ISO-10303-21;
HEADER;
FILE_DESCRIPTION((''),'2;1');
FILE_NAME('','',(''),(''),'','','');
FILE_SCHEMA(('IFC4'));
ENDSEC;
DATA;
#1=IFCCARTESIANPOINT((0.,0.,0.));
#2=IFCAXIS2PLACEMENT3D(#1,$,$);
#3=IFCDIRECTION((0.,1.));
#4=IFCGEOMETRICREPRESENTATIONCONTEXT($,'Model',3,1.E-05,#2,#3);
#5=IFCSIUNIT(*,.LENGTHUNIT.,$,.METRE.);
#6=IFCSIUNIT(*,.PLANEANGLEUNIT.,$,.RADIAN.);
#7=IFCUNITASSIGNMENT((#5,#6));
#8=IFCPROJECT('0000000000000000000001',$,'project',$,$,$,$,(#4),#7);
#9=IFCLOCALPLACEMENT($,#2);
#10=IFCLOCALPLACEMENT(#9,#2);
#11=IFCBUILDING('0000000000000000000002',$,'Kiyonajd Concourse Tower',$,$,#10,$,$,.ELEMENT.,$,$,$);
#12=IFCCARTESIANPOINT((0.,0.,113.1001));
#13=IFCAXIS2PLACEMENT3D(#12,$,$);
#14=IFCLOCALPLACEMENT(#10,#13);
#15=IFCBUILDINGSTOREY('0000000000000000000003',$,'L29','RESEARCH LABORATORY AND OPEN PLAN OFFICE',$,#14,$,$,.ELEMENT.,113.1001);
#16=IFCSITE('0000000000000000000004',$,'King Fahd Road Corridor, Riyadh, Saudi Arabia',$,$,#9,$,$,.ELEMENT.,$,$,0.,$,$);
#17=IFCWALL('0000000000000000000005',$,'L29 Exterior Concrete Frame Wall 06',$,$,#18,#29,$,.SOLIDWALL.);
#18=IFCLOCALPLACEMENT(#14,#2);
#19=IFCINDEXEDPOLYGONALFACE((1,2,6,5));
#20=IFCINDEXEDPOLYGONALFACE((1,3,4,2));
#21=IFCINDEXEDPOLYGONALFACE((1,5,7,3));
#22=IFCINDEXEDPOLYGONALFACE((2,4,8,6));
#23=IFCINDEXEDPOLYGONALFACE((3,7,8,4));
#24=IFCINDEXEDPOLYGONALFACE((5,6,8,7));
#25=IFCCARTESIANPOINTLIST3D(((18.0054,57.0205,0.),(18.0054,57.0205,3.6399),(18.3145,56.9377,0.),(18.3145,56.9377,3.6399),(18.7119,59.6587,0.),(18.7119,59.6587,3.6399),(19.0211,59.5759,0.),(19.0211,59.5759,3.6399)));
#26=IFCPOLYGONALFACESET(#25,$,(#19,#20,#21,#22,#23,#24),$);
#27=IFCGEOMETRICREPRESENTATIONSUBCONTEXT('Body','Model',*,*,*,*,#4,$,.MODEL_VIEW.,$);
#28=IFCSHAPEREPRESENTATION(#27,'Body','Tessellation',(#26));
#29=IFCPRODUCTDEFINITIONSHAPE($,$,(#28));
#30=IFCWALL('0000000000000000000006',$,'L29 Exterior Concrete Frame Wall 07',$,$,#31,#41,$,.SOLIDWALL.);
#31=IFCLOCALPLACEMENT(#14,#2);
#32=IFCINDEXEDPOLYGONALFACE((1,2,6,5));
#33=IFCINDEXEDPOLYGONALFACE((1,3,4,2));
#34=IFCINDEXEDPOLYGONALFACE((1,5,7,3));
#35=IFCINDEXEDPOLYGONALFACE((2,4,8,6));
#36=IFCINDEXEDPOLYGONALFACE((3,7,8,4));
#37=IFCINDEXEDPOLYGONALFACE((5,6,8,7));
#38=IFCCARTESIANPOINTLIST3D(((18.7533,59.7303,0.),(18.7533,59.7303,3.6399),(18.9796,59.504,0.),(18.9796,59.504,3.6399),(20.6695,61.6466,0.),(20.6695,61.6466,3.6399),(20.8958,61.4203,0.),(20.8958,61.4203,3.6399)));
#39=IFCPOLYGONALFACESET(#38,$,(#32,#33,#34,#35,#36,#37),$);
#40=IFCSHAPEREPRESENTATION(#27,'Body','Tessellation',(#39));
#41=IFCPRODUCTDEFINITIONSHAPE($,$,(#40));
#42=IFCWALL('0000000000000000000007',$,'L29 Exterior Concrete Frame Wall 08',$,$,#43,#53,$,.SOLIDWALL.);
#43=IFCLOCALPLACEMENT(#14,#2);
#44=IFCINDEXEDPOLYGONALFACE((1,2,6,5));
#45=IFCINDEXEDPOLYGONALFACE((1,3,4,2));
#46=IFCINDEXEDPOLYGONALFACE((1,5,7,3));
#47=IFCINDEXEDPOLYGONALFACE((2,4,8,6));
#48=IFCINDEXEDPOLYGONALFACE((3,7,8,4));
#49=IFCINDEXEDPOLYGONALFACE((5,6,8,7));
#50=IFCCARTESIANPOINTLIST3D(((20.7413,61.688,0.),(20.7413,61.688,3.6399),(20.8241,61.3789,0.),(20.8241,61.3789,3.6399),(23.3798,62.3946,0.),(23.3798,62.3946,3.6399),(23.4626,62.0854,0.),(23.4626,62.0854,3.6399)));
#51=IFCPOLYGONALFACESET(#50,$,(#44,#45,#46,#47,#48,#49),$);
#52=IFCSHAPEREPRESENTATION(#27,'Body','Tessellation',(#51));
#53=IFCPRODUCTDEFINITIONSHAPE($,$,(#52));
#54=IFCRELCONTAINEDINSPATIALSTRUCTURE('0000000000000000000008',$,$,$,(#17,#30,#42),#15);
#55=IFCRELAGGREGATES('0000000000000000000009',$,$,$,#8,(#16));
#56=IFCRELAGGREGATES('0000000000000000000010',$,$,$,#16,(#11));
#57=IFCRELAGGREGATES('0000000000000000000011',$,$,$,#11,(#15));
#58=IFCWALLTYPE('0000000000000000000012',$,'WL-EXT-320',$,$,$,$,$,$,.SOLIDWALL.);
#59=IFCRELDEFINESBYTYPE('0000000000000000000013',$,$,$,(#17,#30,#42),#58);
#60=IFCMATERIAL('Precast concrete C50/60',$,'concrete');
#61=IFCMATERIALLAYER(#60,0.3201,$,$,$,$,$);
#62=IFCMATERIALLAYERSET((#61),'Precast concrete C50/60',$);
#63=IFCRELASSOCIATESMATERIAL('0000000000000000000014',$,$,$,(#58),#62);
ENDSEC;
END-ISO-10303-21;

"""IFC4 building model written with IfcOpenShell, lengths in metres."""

from ifc_helpers import new_model, si_unit, direction, frame, frame_2d, origin, place, context, subcontext, project, spatial, rectangle, extrude, material, layer, layer_set, type_object, element, save


model = new_model("IFC4")

# Units and contexts
model_context = context("Model", 3, precision=1e-05, world=origin(), true_north=direction((0.0, 1.0)))
body_context = subcontext(model_context, "Body", "Model", "MODEL_VIEW")
ifc_project = project(units=[si_unit("LENGTHUNIT", "METRE"), si_unit("PLANEANGLEUNIT", "RADIAN")], contexts=[model_context])

# Site, building, storey
site_placement = place(None, origin())
site = spatial("IfcSite", under=ifc_project, at=site_placement, Name="King Fahd Road Corridor, Riyadh, Saudi Arabia", CompositionType="ELEMENT", RefElevation=0.0)
building_placement = place(site_placement, origin())
building = spatial("IfcBuilding", under=site, at=building_placement, Name="Kiyonajd Concourse Tower", CompositionType="ELEMENT")
storey_placement = place(building_placement, frame((0.0, 0.0, 113.1001)))
storey = spatial("IfcBuildingStorey", under=building, at=storey_placement, Name="L29", Description="RESEARCH LABORATORY AND OPEN PLAN OFFICE", CompositionType="ELEMENT", Elevation=113.1001)

# Shared definitions
ifc_material_1 = material(Name="Precast concrete C50/60", Category="concrete")

# Walls
ifc_layer_1 = layer(ifc_material_1, 0.3201)
ifc_layer_set_1 = layer_set([ifc_layer_1], Name="Precast concrete C50/60")
wall_type = type_object("IfcWallType", Name="WL-EXT-320", PredefinedType="SOLIDWALL", material=ifc_layer_set_1)
wall_1_placement = place(storey_placement, frame((18.1599, 56.979, 0.0), z_axis=(0.0, 0.0, 1.0), x_axis=(0.258697, 0.965958, 0.0)))
element("IfcWall", 1, at=wall_1_placement, inside=storey, type_object=wall_type, Name="L29 Exterior Concrete Frame Wall 06", PredefinedType="SOLIDWALL", context=body_context, shape_type="SweptSolid", body=[
    extrude(rectangle(XDim=2.7312, YDim=0.3201, at=frame_2d((1.3657, 0.0))), origin(), (0.0, 0.0, 1.0), 3.6399),
])
wall_2_placement = place(storey_placement, frame((18.8665, 59.6172, 0.0), z_axis=(0.0, 0.0, 1.0), x_axis=(0.707107, 0.707107, 0.0)))
element("IfcWall", 2, at=wall_2_placement, inside=storey, type_object=wall_type, Name="L29 Exterior Concrete Frame Wall 07", PredefinedType="SOLIDWALL", context=body_context, shape_type="SweptSolid", body=[
    extrude(rectangle(XDim=2.71, YDim=0.3201, at=frame_2d((1.355, 0.0))), origin(), (0.0, 0.0, 1.0), 3.6399),
])
wall_3_placement = place(storey_placement, frame((20.7827, 61.5334, 0.0), z_axis=(0.0, 0.0, 1.0), x_axis=(0.965964, 0.258675, 0.0)))
element("IfcWall", 3, at=wall_3_placement, inside=storey, type_object=wall_type, Name="L29 Exterior Concrete Frame Wall 08", PredefinedType="SOLIDWALL", context=body_context, shape_type="SweptSolid", body=[
    extrude(rectangle(XDim=2.7314, YDim=0.3201, at=frame_2d((1.3657, 0.0))), origin(), (0.0, 0.0, 1.0), 3.6399),
])

save(model, "model.ifc")
